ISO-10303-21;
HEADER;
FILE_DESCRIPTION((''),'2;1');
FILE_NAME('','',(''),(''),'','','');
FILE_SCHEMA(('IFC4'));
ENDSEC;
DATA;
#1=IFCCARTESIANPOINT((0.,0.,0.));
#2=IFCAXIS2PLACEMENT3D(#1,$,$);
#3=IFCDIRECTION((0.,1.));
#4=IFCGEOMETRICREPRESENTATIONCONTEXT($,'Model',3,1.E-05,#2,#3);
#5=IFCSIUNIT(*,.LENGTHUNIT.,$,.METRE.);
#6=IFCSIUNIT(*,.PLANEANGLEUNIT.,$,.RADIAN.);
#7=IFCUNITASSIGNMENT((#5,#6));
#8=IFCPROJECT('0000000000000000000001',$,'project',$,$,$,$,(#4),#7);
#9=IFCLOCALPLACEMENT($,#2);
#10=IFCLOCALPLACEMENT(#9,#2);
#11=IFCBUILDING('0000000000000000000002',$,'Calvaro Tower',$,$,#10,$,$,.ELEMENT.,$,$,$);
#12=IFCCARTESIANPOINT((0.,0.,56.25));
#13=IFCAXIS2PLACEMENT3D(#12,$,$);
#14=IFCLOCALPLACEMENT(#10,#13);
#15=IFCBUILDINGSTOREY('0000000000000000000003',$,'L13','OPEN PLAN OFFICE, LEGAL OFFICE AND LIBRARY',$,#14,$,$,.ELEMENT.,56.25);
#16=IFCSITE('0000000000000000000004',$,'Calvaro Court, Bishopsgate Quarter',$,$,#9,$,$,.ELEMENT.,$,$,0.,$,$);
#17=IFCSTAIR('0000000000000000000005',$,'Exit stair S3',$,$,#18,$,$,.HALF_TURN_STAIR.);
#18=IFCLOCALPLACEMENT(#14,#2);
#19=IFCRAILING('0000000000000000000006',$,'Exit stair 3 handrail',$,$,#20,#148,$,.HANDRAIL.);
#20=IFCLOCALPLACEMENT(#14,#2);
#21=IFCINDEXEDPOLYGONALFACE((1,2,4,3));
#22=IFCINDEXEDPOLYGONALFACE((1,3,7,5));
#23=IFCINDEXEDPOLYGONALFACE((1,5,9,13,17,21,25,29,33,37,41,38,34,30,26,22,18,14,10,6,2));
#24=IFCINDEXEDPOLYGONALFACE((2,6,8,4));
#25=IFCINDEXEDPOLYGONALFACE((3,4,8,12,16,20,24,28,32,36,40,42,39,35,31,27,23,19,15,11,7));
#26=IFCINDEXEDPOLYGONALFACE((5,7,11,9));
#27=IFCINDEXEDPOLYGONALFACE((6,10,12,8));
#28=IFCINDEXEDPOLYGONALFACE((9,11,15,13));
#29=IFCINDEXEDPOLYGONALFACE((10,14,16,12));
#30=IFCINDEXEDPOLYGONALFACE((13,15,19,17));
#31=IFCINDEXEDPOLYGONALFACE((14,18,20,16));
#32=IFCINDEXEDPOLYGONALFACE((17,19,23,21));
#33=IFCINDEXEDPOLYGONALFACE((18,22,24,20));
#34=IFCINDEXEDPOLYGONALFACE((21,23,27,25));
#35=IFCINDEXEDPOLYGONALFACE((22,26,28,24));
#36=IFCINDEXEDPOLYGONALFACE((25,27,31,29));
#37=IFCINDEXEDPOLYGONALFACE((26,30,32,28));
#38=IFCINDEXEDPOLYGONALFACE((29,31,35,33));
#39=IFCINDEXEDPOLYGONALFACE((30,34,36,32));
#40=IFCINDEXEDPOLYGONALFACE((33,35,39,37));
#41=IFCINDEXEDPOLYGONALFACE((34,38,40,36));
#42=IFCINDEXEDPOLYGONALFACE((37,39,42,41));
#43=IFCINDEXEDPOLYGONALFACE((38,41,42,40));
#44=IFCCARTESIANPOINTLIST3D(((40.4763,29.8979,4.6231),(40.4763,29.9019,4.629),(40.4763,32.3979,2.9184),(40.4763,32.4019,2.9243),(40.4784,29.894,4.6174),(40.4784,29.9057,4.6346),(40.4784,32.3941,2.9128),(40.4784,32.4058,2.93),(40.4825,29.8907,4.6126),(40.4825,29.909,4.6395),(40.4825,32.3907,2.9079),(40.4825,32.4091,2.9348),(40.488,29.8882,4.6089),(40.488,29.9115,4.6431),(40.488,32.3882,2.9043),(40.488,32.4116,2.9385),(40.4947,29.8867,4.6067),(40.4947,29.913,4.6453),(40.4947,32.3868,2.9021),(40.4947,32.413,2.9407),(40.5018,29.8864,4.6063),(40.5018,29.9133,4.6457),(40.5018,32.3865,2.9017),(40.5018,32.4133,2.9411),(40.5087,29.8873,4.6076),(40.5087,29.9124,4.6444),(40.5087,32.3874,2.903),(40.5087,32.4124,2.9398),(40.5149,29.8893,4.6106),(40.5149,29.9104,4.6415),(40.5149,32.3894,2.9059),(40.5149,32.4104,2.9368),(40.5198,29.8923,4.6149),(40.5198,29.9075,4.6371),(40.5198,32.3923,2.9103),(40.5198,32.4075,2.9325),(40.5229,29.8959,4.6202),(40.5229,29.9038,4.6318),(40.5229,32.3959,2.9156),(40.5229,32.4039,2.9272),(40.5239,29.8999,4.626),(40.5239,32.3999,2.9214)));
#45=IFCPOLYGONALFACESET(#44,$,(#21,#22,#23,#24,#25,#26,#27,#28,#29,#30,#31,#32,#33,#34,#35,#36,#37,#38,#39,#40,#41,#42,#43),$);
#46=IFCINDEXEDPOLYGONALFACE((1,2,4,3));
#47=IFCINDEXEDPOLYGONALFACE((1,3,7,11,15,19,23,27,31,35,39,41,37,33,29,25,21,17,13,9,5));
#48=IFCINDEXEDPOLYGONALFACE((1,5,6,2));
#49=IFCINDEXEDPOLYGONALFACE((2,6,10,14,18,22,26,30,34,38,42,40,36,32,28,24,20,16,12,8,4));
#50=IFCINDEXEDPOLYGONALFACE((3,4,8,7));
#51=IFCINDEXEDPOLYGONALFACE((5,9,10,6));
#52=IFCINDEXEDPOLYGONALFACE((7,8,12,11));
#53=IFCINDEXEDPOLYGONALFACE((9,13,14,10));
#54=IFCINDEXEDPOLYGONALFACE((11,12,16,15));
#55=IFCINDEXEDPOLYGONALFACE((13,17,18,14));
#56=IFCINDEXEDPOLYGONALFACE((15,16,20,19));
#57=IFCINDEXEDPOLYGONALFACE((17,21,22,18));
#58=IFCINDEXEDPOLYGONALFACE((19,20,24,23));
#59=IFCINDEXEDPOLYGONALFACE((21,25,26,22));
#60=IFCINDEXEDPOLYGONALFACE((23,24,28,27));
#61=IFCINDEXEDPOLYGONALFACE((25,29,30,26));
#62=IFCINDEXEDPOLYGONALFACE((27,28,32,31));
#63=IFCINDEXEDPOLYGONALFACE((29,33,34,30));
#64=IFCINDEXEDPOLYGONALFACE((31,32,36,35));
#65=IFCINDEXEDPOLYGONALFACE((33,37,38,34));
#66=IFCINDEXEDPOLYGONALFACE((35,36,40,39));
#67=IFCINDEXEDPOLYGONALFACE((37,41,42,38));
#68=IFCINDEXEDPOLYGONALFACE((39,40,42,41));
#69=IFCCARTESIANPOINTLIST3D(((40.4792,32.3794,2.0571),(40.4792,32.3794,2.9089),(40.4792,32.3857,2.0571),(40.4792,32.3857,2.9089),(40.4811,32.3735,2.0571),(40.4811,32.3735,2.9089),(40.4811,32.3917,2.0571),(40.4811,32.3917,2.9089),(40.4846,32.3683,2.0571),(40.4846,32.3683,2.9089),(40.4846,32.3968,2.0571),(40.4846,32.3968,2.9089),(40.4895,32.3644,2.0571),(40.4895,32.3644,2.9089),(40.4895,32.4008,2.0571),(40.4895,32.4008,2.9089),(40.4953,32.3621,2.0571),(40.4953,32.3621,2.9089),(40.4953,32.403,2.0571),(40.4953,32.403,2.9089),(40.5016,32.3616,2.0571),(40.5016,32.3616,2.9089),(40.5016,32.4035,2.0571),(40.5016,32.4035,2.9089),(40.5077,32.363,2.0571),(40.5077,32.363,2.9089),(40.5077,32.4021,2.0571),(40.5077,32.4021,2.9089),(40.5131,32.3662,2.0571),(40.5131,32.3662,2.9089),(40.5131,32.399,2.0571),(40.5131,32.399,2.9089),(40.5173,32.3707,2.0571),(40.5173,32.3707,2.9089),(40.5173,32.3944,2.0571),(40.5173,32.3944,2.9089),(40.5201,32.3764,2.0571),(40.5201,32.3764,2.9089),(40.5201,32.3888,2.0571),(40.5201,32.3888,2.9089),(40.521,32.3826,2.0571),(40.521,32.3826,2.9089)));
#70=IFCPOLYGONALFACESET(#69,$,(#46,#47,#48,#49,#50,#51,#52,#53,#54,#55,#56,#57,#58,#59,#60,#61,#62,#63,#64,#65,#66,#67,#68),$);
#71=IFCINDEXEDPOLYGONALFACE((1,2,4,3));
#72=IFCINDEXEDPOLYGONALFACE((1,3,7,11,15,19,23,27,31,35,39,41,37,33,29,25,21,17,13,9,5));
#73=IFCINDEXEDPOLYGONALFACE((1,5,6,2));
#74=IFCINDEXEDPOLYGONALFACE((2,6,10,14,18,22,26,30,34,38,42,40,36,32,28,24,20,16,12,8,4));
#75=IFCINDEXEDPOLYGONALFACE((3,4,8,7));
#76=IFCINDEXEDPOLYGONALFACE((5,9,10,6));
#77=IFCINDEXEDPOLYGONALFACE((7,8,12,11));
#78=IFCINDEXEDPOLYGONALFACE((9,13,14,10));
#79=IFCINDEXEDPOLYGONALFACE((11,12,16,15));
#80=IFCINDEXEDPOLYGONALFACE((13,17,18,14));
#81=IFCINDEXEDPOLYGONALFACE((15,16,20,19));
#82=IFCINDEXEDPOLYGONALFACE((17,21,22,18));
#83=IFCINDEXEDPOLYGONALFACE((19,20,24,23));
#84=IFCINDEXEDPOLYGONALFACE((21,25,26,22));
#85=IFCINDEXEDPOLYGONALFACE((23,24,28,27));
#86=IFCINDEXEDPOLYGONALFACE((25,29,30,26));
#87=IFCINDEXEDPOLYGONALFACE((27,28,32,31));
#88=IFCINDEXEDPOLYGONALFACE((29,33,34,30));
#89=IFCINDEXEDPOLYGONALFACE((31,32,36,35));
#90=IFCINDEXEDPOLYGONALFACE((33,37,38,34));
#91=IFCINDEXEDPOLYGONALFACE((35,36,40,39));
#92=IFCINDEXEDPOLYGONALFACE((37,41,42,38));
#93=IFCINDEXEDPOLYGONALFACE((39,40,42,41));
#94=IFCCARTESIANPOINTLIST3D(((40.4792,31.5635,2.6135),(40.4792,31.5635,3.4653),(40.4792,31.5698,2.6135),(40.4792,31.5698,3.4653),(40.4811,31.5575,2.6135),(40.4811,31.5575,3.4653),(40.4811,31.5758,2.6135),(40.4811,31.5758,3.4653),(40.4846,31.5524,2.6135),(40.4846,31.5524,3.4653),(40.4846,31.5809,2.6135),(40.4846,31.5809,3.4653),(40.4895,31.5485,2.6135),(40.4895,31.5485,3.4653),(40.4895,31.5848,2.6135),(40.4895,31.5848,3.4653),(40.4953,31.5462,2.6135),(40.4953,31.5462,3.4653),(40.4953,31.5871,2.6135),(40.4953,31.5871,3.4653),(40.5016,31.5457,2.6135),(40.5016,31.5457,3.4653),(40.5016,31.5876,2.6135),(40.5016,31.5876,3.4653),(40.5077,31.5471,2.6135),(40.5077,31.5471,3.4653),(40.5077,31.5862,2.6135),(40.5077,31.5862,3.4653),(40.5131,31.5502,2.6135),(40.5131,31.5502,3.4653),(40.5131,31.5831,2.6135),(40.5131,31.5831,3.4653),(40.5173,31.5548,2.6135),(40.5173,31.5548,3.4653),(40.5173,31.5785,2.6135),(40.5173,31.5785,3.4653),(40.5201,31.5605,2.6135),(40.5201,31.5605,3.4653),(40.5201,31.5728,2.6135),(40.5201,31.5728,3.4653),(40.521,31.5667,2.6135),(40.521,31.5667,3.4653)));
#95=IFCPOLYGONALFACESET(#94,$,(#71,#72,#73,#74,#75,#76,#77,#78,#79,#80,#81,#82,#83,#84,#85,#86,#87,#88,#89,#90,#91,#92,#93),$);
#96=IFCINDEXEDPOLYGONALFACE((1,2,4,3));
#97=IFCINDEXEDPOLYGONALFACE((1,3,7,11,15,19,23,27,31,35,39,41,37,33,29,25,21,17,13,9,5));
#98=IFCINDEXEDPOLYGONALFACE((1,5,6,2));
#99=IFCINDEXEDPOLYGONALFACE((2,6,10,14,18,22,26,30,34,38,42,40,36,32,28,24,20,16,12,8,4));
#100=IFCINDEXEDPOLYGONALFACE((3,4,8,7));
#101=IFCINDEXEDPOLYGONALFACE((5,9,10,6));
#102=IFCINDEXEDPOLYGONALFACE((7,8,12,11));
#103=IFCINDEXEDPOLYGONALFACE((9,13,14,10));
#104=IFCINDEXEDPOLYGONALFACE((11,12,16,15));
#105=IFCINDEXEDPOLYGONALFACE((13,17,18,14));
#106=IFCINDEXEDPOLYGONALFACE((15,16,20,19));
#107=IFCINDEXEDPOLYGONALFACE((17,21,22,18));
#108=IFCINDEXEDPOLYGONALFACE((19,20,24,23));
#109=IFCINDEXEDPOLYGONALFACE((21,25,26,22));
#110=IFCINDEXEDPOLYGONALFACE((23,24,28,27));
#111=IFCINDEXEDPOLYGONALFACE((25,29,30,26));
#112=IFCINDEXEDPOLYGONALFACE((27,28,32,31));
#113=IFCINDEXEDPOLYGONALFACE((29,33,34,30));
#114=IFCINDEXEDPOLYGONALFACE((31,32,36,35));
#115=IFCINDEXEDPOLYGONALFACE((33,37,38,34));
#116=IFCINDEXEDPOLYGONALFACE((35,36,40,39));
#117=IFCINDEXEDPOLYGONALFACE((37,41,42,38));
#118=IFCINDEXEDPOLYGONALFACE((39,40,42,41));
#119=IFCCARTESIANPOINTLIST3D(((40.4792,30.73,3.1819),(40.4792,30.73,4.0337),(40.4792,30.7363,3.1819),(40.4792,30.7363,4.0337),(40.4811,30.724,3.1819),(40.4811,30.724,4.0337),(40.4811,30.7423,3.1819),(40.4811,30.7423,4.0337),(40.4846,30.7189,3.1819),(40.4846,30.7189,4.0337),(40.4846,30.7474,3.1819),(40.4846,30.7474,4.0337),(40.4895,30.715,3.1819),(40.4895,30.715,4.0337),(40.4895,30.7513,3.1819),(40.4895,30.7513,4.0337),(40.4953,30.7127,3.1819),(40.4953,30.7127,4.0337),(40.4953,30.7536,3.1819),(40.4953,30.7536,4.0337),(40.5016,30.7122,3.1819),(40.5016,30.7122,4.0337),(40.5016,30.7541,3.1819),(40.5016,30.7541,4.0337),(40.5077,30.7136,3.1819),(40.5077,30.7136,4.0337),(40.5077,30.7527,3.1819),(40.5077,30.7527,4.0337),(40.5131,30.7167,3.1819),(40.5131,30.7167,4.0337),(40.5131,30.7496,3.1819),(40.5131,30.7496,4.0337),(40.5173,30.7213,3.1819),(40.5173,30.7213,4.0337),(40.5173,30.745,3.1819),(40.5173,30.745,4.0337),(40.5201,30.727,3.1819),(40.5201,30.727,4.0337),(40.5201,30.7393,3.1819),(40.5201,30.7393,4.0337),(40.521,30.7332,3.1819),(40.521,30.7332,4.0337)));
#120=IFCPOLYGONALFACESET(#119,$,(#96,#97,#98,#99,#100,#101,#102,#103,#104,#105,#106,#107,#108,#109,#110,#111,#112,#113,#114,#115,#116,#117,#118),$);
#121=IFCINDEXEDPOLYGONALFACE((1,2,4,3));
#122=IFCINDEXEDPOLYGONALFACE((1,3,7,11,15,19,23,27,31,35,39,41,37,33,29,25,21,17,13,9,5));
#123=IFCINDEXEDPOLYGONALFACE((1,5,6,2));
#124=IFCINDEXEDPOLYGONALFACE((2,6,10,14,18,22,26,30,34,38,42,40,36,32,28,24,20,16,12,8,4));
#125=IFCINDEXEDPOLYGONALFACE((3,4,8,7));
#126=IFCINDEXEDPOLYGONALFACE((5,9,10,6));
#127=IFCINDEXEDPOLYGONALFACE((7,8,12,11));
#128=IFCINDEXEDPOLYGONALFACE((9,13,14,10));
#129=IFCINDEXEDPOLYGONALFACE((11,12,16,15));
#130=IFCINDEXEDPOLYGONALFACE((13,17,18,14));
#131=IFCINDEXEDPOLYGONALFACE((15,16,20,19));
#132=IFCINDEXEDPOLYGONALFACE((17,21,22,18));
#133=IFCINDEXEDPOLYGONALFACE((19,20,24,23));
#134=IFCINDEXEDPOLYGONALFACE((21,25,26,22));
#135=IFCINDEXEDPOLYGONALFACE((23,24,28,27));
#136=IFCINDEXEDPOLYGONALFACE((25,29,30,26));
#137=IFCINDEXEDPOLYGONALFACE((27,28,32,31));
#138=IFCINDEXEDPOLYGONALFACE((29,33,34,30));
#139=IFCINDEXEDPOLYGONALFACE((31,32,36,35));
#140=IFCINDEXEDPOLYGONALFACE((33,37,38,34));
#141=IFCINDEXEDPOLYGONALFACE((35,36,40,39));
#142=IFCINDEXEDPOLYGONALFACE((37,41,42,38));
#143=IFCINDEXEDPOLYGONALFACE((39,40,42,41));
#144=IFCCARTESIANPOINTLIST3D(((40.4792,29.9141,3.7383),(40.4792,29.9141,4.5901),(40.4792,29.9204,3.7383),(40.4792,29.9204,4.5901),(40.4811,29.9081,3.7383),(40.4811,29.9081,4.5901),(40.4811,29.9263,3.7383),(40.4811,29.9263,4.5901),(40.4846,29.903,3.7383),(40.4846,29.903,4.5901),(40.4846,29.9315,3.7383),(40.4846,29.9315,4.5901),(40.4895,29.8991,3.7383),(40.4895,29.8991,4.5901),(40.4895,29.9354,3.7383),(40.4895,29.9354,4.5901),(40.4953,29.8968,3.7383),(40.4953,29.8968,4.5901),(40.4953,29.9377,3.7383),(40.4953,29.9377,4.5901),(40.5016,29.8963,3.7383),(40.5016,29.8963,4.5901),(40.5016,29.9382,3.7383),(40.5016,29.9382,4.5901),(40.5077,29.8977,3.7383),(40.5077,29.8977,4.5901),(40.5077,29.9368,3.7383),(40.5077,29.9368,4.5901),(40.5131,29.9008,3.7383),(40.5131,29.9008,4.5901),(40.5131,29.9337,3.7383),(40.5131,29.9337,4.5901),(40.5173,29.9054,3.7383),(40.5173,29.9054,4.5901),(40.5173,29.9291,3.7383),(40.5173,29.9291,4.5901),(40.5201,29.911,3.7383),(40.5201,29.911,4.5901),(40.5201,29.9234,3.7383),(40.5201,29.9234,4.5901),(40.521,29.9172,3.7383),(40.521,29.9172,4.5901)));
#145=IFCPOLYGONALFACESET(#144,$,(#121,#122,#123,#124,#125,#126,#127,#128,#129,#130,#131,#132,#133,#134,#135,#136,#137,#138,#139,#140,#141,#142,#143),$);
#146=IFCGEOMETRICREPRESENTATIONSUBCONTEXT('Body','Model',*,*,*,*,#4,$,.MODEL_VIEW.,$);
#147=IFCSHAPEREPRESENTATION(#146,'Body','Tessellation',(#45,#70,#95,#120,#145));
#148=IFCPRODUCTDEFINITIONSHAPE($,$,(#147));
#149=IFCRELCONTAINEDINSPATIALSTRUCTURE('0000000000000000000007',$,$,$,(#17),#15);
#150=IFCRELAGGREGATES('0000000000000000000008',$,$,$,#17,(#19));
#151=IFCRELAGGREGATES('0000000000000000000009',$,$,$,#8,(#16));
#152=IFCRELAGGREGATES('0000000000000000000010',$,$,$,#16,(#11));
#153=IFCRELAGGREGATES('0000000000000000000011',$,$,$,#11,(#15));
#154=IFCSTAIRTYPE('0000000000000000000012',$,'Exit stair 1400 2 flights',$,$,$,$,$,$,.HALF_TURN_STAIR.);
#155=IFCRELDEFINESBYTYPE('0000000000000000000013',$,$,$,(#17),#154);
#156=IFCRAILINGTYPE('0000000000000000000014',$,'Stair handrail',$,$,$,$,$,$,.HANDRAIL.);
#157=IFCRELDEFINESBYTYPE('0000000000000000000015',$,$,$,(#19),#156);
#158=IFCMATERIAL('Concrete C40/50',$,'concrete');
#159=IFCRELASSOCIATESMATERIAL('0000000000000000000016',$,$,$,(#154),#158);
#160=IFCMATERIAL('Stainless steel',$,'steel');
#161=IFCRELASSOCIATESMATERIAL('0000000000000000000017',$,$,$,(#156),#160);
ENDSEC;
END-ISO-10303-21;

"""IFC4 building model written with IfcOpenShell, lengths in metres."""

from ifc_helpers import new_model, si_unit, direction, frame, origin, origin_2d, place, context, subcontext, project, spatial, circle, extrude, material, type_object, element, aggregate, save


model = new_model("IFC4")

# Units and contexts
model_context = context("Model", 3, precision=1e-05, world=origin(), true_north=direction((0.0, 1.0)))
body_context = subcontext(model_context, "Body", "Model", "MODEL_VIEW")
ifc_project = project(units=[si_unit("LENGTHUNIT", "METRE"), si_unit("PLANEANGLEUNIT", "RADIAN")], contexts=[model_context])

# Site, building, storey
site_placement = place(None, origin())
site = spatial("IfcSite", under=ifc_project, at=site_placement, Name="Calvaro Court, Bishopsgate Quarter", CompositionType="ELEMENT", RefElevation=0.0)
building_placement = place(site_placement, origin())
building = spatial("IfcBuilding", under=site, at=building_placement, Name="Calvaro Tower", CompositionType="ELEMENT")
storey_placement = place(building_placement, frame((0.0, 0.0, 56.25)))
storey = spatial("IfcBuildingStorey", under=building, at=storey_placement, Name="L13", Description="OPEN PLAN OFFICE, LEGAL OFFICE AND LIBRARY", CompositionType="ELEMENT", Elevation=56.25)

# Stair
ifc_material_1 = material(Name="Concrete C40/50", Category="concrete")
stair_type = type_object("IfcStairType", Name="Exit stair 1400 2 flights", PredefinedType="HALF_TURN_STAIR", material=ifc_material_1)
stair_1_placement = place(storey_placement, origin())
stair_1 = element("IfcStair", 1, at=stair_1_placement, inside=storey, type_object=stair_type, Name="Exit stair S3", PredefinedType="HALF_TURN_STAIR")

# Railing
ifc_material_2 = material(Name="Stainless steel", Category="steel")
railing_type = type_object("IfcRailingType", Name="Stair handrail", PredefinedType="HANDRAIL", material=ifc_material_2)
railing_1_placement = place(storey_placement, frame((40.5, 32.3999, 2.0454)))
railing_1 = element("IfcRailing", 2, at=railing_1_placement, type_object=railing_type, Name="Exit stair 3 handrail", PredefinedType="HANDRAIL", context=body_context, shape_type="SweptSolid", body=[
    extrude(circle(Radius=0.0239, at=origin_2d()), frame((0.0, 0.0, 0.876), z_axis=(0.0, -0.826221, 0.563347), x_axis=(1.0, 0.0, 0.0)), (0.0, 0.0, 1.0), 3.0259),
    extrude(circle(Radius=0.021, at=origin_2d()), frame((0.0, -0.0173, 0.0117)), (0.0, 0.0, 1.0), 0.8518),
    extrude(circle(Radius=0.021, at=origin_2d()), frame((0.0, -0.8333, 0.5681)), (0.0, 0.0, 1.0), 0.8518),
    extrude(circle(Radius=0.021, at=origin_2d()), frame((0.0, -1.6667, 1.1365)), (0.0, 0.0, 1.0), 0.8518),
    extrude(circle(Radius=0.021, at=origin_2d()), frame((0.0, -2.4827, 1.6929)), (0.0, 0.0, 1.0), 0.8518),
])
aggregate(stair_1, [railing_1])

save(model, "model.ifc")
